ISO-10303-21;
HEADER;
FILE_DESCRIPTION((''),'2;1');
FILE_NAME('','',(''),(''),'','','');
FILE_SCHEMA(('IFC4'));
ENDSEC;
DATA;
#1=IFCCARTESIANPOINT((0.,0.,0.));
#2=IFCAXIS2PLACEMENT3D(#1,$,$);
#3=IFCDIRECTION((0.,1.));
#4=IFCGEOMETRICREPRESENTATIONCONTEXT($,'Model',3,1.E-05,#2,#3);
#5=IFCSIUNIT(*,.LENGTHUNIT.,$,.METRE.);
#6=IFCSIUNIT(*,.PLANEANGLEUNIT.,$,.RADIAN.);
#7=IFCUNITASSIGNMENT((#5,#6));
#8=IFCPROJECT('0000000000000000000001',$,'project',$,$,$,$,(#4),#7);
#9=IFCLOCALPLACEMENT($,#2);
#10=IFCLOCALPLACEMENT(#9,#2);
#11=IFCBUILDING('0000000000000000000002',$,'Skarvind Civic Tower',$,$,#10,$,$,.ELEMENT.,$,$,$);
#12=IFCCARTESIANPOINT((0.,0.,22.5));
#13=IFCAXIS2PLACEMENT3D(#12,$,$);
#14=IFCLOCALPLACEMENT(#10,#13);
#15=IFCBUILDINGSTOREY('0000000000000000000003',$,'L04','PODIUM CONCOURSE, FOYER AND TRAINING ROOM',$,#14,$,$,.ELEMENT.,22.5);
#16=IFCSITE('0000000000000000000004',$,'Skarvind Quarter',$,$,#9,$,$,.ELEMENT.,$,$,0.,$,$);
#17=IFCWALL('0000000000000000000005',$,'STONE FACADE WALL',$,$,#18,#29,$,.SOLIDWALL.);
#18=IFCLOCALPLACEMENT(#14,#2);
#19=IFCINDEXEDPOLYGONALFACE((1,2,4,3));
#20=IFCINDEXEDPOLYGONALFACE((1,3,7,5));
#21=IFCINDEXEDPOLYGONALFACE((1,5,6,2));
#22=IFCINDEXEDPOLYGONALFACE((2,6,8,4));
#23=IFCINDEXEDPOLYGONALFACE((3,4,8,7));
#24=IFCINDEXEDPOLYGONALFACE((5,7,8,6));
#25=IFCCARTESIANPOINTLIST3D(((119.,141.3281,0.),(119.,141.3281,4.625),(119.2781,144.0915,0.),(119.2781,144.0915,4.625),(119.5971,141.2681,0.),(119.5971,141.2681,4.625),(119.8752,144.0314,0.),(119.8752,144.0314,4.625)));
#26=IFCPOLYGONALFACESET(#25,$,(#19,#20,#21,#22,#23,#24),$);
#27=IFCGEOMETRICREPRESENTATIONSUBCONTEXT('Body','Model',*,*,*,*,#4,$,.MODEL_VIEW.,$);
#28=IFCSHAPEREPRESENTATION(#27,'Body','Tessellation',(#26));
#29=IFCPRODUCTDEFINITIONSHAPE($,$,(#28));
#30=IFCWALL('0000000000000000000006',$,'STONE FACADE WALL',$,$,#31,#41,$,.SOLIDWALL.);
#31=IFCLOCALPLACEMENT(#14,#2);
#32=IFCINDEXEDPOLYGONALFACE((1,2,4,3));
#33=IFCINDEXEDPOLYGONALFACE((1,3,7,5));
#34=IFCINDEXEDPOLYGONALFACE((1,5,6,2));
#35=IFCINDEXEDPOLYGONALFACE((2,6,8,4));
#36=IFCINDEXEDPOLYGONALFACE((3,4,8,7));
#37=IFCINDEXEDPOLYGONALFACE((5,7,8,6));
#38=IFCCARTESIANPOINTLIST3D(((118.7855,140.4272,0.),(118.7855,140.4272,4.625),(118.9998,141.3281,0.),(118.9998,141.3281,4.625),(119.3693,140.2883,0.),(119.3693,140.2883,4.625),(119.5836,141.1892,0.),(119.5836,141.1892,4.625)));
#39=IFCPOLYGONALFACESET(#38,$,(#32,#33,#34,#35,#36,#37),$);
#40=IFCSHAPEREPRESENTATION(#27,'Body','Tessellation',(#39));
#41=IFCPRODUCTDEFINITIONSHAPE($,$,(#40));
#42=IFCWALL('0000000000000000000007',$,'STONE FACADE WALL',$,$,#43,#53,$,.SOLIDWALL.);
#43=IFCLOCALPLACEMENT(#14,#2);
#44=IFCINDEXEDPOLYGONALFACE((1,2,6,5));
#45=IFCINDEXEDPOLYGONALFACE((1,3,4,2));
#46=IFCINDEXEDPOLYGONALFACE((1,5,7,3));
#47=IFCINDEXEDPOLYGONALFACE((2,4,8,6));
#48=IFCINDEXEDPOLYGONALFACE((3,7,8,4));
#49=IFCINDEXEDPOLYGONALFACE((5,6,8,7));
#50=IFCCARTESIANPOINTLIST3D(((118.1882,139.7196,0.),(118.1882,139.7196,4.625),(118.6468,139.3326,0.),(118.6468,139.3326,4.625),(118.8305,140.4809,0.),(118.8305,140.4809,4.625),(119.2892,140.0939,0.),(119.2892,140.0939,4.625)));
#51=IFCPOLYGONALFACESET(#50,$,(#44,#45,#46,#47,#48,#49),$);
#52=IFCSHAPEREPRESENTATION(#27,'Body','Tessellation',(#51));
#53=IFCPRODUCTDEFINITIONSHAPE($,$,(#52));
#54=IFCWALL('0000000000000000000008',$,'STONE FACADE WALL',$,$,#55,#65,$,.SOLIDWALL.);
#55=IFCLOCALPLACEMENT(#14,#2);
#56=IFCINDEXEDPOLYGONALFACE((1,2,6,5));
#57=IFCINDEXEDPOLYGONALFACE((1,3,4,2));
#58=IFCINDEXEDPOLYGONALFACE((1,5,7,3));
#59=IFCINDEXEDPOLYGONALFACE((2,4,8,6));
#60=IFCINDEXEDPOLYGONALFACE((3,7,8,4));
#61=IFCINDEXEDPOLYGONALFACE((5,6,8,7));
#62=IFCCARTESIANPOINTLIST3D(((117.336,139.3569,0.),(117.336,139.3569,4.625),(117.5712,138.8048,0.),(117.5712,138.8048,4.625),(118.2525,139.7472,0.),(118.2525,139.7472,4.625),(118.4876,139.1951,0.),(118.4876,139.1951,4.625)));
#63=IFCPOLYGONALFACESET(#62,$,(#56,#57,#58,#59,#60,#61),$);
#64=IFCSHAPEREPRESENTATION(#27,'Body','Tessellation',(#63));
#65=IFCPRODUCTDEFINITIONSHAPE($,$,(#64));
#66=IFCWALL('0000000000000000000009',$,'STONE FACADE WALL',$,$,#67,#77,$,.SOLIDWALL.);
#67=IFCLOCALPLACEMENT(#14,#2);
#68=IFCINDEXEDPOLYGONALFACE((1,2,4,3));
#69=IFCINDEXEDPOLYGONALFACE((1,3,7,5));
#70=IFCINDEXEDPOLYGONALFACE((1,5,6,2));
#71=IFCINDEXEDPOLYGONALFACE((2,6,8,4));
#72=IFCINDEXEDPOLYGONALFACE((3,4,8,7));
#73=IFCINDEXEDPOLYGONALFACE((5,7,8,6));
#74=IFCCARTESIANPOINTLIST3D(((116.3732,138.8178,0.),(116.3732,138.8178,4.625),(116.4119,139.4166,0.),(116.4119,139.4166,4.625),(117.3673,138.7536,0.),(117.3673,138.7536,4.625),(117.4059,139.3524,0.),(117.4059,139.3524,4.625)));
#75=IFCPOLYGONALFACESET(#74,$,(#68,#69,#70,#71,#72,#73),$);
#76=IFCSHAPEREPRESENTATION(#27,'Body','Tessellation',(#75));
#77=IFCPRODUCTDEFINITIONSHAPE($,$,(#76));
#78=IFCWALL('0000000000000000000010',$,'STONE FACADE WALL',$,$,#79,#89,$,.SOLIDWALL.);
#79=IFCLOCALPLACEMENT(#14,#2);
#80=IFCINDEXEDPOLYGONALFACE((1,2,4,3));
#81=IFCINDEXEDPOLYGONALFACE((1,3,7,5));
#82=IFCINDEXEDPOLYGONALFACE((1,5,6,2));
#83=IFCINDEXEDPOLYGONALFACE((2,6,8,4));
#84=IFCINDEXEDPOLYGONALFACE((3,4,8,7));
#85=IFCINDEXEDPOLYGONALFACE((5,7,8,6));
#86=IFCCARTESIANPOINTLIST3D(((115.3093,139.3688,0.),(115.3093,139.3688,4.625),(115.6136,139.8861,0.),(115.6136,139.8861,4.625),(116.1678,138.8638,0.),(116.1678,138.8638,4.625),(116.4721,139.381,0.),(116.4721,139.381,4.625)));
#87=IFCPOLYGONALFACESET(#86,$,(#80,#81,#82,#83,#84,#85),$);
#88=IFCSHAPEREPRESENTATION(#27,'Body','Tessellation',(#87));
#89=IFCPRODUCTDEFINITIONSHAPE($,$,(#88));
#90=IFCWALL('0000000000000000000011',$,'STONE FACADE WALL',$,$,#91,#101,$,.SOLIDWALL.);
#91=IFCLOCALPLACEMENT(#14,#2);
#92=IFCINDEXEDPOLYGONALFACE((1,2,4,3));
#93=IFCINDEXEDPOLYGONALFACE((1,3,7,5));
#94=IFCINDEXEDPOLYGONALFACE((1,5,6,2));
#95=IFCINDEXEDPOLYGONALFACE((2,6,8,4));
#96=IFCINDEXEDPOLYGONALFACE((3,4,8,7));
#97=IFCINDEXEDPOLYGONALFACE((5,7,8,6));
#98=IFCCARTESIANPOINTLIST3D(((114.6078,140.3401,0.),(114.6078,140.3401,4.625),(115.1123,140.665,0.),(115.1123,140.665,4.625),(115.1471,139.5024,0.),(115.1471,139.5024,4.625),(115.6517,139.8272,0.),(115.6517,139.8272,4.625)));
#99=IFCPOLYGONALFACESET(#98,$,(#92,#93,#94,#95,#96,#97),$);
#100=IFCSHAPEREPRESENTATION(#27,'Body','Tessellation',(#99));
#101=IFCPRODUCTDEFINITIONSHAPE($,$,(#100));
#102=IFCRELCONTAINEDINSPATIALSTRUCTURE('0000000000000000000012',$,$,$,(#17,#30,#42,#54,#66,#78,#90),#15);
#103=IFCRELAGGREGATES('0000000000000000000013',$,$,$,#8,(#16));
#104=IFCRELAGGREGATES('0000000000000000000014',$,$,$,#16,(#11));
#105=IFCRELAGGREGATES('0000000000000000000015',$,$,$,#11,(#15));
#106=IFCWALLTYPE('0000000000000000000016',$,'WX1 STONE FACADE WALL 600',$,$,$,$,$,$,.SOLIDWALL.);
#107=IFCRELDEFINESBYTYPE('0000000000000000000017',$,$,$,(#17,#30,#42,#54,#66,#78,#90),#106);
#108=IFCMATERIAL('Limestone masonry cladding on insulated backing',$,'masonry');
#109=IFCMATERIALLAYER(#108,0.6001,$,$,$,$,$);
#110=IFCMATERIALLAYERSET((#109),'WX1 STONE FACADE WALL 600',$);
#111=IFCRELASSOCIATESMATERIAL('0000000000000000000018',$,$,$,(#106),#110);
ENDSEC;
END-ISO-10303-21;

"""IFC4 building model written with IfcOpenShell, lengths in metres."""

from ifc_helpers import new_model, si_unit, direction, frame, frame_2d, origin, place, context, subcontext, project, spatial, rectangle, extrude, material, layer, layer_set, type_object, element, save


model = new_model("IFC4")

# Units and contexts
model_context = context("Model", 3, precision=1e-05, world=origin(), true_north=direction((0.0, 1.0)))
body_context = subcontext(model_context, "Body", "Model", "MODEL_VIEW")
ifc_project = project(units=[si_unit("LENGTHUNIT", "METRE"), si_unit("PLANEANGLEUNIT", "RADIAN")], contexts=[model_context])

# Site, building, storey
site_placement = place(None, origin())
site = spatial("IfcSite", under=ifc_project, at=site_placement, Name="Skarvind Quarter", CompositionType="ELEMENT", RefElevation=0.0)
building_placement = place(site_placement, origin())
building = spatial("IfcBuilding", under=site, at=building_placement, Name="Skarvind Civic Tower", CompositionType="ELEMENT")
storey_placement = place(building_placement, frame((0.0, 0.0, 22.5)))
storey = spatial("IfcBuildingStorey", under=building, at=storey_placement, Name="L04", Description="PODIUM CONCOURSE, FOYER AND TRAINING ROOM", CompositionType="ELEMENT", Elevation=22.5)

# Walls
ifc_material_1 = material(Name="Limestone masonry cladding on insulated backing", Category="masonry")
ifc_layer_1 = layer(ifc_material_1, 0.6001)
ifc_layer_set_1 = layer_set([ifc_layer_1], Name="WX1 STONE FACADE WALL 600")
wall_type_1 = type_object("IfcWallType", Name="WX1 STONE FACADE WALL 600", PredefinedType="SOLIDWALL", material=ifc_layer_set_1)
wall_1_placement = place(storey_placement, frame((119.2986, 141.2981, 0.0), z_axis=(0.0, 0.0, 1.0), x_axis=(0.100122, 0.994975, 0.0)))
element("IfcWall", 1, at=wall_1_placement, inside=storey, type_object=wall_type_1, Name="STONE FACADE WALL", PredefinedType="SOLIDWALL", context=body_context, shape_type="SweptSolid", body=[
    extrude(rectangle(XDim=2.7773, YDim=0.6001, at=frame_2d((1.3887, 0.0))), origin(), (0.0, 0.0, 1.0), 4.625),
])
wall_2_placement = place(storey_placement, frame((119.0774, 140.3579, 0.0), z_axis=(0.0, 0.0, 1.0), x_axis=(0.231478, 0.97284, 0.0)))
element("IfcWall", 2, at=wall_2_placement, inside=storey, type_object=wall_type_1, Name="STONE FACADE WALL", PredefinedType="SOLIDWALL", context=body_context, shape_type="SweptSolid", body=[
    extrude(rectangle(XDim=0.926, YDim=0.6001, at=frame_2d((0.4629, 0.0))), origin(), (0.0, 0.0, 1.0), 4.625),
])
for number, where, z_axis, x_axis, name in (
    (3, (118.4175, 139.5261, 0.0), (0.0, 0.0, 1.0), (0.644898, 0.764269, 0.0), "STONE FACADE WALL"),
    (4, (117.4536, 139.0808, 0.0), (0.0, 0.0, 1.0), (0.920017, 0.391877, 0.0), "STONE FACADE WALL"),
    (5, (116.3926, 139.1172, 0.0), (0.0, 0.0, 1.0), (0.997921, -0.064453, 0.0), "STONE FACADE WALL"),
    (6, (115.4614, 139.6274, 0.0), (0.0, 0.0, 1.0), (0.861915, -0.507052, 0.0), "STONE FACADE WALL"),
):
    element("IfcWall", number, at=place(storey_placement, frame(where, z_axis=z_axis, x_axis=x_axis)), inside=storey, type_object=wall_type_1, Name=name, PredefinedType="SOLIDWALL", context=body_context, shape_type="SweptSolid", body=[
        extrude(rectangle(XDim=0.9961, YDim=0.6001, at=frame_2d((0.498, 0.0))), origin(), (0.0, 0.0, 1.0), 4.625),
    ])
wall_3_placement = place(storey_placement, frame((114.8601, 140.5024, 0.0), z_axis=(0.0, 0.0, 1.0), x_axis=(0.54134, -0.840804, 0.0)))
element("IfcWall", 7, at=wall_3_placement, inside=storey, type_object=wall_type_1, Name="STONE FACADE WALL", PredefinedType="SOLIDWALL", context=body_context, shape_type="SweptSolid", body=[
    extrude(rectangle(XDim=0.9963, YDim=0.6001, at=frame_2d((0.498, 0.0))), origin(), (0.0, 0.0, 1.0), 4.625),
])

save(model, "model.ifc")
